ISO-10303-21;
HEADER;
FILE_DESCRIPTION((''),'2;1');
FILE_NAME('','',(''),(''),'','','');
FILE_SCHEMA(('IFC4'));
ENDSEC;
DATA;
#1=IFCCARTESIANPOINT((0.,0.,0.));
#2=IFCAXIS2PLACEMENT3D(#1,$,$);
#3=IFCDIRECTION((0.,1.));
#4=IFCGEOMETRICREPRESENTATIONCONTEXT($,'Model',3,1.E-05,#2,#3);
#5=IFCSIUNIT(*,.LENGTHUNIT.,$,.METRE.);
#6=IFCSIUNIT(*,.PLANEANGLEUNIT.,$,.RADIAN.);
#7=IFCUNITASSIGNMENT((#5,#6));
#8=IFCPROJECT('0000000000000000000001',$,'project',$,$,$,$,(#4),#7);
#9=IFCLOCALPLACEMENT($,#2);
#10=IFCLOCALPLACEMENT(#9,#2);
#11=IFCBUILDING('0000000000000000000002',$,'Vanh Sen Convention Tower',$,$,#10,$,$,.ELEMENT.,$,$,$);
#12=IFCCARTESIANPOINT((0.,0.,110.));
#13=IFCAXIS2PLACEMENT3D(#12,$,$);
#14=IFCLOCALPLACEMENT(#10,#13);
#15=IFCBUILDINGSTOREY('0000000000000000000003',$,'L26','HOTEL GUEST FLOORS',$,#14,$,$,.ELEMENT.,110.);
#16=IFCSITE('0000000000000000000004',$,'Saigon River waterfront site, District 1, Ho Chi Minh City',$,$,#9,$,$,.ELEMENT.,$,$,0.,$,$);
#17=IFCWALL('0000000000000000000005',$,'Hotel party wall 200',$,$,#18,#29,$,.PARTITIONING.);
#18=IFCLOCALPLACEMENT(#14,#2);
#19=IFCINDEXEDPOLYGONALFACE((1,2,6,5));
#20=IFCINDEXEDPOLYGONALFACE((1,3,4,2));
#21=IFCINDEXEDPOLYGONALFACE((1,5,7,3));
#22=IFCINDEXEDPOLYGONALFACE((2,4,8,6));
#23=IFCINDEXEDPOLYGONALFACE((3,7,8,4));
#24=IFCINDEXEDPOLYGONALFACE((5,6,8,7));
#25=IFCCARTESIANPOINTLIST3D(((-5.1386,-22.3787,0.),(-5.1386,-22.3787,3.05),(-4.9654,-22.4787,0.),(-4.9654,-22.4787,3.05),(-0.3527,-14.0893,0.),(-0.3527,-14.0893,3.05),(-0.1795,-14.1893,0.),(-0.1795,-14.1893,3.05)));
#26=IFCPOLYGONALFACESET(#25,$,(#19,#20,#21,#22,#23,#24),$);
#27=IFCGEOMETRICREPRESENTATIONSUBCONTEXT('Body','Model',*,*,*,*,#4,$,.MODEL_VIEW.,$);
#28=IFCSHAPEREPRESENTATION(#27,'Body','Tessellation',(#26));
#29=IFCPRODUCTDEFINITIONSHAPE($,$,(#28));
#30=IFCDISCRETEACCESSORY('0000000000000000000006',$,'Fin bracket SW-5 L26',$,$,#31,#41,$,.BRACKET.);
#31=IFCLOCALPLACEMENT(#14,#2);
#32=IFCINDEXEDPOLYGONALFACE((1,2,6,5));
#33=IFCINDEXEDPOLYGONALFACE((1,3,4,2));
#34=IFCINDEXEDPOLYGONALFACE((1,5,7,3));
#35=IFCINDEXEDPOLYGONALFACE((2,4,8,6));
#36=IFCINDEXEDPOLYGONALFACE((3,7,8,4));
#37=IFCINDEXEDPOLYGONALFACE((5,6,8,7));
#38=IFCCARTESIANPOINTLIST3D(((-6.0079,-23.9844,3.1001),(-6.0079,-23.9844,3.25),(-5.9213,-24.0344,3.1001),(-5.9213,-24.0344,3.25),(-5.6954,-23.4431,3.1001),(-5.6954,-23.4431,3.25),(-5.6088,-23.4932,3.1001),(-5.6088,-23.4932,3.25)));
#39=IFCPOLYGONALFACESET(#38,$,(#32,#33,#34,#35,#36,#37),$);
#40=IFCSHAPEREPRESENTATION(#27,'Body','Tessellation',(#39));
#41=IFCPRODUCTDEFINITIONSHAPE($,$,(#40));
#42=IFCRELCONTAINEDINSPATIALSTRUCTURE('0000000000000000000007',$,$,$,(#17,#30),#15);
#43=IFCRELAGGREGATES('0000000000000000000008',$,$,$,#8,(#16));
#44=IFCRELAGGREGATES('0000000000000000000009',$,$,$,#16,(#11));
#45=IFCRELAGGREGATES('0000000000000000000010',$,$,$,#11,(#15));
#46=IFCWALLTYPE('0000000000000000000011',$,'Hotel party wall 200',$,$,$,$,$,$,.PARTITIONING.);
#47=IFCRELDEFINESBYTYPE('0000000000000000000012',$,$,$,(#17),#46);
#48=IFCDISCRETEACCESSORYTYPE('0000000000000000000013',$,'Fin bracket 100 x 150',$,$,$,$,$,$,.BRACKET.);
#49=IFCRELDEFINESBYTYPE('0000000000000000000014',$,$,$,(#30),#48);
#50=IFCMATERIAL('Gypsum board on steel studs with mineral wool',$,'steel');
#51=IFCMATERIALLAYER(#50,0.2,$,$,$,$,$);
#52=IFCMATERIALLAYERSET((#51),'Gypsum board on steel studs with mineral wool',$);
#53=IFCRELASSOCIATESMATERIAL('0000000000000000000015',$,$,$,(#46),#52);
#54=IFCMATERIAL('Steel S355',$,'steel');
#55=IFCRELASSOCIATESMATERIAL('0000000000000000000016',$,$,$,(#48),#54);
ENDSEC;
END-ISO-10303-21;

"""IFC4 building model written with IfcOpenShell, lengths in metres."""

from ifc_helpers import new_model, si_unit, direction, frame, frame_2d, origin, origin_2d, place, context, subcontext, project, spatial, rectangle, extrude, material, layer, layer_set, type_object, element, save


model = new_model("IFC4")

# Units and contexts
model_context = context("Model", 3, precision=1e-05, world=origin(), true_north=direction((0.0, 1.0)))
body_context = subcontext(model_context, "Body", "Model", "MODEL_VIEW")
ifc_project = project(units=[si_unit("LENGTHUNIT", "METRE"), si_unit("PLANEANGLEUNIT", "RADIAN")], contexts=[model_context])

# Site, building, storey
site_placement = place(None, origin())
site = spatial("IfcSite", under=ifc_project, at=site_placement, Name="Saigon River waterfront site, District 1, Ho Chi Minh City", CompositionType="ELEMENT", RefElevation=0.0)
building_placement = place(site_placement, origin())
building = spatial("IfcBuilding", under=site, at=building_placement, Name="Vanh Sen Convention Tower", CompositionType="ELEMENT")
storey_placement = place(building_placement, frame((0.0, 0.0, 110.0)))
storey = spatial("IfcBuildingStorey", under=building, at=storey_placement, Name="L26", Description="HOTEL GUEST FLOORS", CompositionType="ELEMENT", Elevation=110.0)

# Shared definitions
ifc_material_1 = material(Name="Gypsum board on steel studs with mineral wool", Category="steel")

# Wall
ifc_layer_1 = layer(ifc_material_1, 0.2)
ifc_layer_set_1 = layer_set([ifc_layer_1], Name="Gypsum board on steel studs with mineral wool")
wall_type_1 = type_object("IfcWallType", Name="Hotel party wall 200", PredefinedType="PARTITIONING", material=ifc_layer_set_1)
wall_1_placement = place(storey_placement, frame((-5.052, -22.4287, 0.0), z_axis=(0.0, 0.0, 1.0), x_axis=(0.500004, 0.866023, 0.0)))
element("IfcWall", 1, at=wall_1_placement, inside=storey, type_object=wall_type_1, Name="Hotel party wall 200", PredefinedType="PARTITIONING", context=body_context, shape_type="SweptSolid", body=[
    extrude(rectangle(XDim=9.5718, YDim=0.2, at=frame_2d((4.7859, 0.0))), origin(), (0.0, 0.0, 1.0), 3.05),
])

# Discrete accessory
ifc_material_2 = material(Name="Steel S355", Category="steel")
discrete_accessory_type = type_object("IfcDiscreteAccessoryType", Name="Fin bracket 100 x 150", PredefinedType="BRACKET", material=ifc_material_2)
discrete_accessory_placement = place(storey_placement, frame((-5.8083, -23.7388, 3.1001), z_axis=(0.0, 0.0, 1.0), x_axis=(-0.5, -0.866025, 0.0)))
element("IfcDiscreteAccessory", 2, at=discrete_accessory_placement, inside=storey, type_object=discrete_accessory_type, Name="Fin bracket SW-5 L26", PredefinedType="BRACKET", context=body_context, shape_type="SweptSolid", body=[
    extrude(rectangle(XDim=0.625, YDim=0.1001, at=origin_2d()), origin(), (0.0, 0.0, 1.0), 0.1499),
])

save(model, "model.ifc")
